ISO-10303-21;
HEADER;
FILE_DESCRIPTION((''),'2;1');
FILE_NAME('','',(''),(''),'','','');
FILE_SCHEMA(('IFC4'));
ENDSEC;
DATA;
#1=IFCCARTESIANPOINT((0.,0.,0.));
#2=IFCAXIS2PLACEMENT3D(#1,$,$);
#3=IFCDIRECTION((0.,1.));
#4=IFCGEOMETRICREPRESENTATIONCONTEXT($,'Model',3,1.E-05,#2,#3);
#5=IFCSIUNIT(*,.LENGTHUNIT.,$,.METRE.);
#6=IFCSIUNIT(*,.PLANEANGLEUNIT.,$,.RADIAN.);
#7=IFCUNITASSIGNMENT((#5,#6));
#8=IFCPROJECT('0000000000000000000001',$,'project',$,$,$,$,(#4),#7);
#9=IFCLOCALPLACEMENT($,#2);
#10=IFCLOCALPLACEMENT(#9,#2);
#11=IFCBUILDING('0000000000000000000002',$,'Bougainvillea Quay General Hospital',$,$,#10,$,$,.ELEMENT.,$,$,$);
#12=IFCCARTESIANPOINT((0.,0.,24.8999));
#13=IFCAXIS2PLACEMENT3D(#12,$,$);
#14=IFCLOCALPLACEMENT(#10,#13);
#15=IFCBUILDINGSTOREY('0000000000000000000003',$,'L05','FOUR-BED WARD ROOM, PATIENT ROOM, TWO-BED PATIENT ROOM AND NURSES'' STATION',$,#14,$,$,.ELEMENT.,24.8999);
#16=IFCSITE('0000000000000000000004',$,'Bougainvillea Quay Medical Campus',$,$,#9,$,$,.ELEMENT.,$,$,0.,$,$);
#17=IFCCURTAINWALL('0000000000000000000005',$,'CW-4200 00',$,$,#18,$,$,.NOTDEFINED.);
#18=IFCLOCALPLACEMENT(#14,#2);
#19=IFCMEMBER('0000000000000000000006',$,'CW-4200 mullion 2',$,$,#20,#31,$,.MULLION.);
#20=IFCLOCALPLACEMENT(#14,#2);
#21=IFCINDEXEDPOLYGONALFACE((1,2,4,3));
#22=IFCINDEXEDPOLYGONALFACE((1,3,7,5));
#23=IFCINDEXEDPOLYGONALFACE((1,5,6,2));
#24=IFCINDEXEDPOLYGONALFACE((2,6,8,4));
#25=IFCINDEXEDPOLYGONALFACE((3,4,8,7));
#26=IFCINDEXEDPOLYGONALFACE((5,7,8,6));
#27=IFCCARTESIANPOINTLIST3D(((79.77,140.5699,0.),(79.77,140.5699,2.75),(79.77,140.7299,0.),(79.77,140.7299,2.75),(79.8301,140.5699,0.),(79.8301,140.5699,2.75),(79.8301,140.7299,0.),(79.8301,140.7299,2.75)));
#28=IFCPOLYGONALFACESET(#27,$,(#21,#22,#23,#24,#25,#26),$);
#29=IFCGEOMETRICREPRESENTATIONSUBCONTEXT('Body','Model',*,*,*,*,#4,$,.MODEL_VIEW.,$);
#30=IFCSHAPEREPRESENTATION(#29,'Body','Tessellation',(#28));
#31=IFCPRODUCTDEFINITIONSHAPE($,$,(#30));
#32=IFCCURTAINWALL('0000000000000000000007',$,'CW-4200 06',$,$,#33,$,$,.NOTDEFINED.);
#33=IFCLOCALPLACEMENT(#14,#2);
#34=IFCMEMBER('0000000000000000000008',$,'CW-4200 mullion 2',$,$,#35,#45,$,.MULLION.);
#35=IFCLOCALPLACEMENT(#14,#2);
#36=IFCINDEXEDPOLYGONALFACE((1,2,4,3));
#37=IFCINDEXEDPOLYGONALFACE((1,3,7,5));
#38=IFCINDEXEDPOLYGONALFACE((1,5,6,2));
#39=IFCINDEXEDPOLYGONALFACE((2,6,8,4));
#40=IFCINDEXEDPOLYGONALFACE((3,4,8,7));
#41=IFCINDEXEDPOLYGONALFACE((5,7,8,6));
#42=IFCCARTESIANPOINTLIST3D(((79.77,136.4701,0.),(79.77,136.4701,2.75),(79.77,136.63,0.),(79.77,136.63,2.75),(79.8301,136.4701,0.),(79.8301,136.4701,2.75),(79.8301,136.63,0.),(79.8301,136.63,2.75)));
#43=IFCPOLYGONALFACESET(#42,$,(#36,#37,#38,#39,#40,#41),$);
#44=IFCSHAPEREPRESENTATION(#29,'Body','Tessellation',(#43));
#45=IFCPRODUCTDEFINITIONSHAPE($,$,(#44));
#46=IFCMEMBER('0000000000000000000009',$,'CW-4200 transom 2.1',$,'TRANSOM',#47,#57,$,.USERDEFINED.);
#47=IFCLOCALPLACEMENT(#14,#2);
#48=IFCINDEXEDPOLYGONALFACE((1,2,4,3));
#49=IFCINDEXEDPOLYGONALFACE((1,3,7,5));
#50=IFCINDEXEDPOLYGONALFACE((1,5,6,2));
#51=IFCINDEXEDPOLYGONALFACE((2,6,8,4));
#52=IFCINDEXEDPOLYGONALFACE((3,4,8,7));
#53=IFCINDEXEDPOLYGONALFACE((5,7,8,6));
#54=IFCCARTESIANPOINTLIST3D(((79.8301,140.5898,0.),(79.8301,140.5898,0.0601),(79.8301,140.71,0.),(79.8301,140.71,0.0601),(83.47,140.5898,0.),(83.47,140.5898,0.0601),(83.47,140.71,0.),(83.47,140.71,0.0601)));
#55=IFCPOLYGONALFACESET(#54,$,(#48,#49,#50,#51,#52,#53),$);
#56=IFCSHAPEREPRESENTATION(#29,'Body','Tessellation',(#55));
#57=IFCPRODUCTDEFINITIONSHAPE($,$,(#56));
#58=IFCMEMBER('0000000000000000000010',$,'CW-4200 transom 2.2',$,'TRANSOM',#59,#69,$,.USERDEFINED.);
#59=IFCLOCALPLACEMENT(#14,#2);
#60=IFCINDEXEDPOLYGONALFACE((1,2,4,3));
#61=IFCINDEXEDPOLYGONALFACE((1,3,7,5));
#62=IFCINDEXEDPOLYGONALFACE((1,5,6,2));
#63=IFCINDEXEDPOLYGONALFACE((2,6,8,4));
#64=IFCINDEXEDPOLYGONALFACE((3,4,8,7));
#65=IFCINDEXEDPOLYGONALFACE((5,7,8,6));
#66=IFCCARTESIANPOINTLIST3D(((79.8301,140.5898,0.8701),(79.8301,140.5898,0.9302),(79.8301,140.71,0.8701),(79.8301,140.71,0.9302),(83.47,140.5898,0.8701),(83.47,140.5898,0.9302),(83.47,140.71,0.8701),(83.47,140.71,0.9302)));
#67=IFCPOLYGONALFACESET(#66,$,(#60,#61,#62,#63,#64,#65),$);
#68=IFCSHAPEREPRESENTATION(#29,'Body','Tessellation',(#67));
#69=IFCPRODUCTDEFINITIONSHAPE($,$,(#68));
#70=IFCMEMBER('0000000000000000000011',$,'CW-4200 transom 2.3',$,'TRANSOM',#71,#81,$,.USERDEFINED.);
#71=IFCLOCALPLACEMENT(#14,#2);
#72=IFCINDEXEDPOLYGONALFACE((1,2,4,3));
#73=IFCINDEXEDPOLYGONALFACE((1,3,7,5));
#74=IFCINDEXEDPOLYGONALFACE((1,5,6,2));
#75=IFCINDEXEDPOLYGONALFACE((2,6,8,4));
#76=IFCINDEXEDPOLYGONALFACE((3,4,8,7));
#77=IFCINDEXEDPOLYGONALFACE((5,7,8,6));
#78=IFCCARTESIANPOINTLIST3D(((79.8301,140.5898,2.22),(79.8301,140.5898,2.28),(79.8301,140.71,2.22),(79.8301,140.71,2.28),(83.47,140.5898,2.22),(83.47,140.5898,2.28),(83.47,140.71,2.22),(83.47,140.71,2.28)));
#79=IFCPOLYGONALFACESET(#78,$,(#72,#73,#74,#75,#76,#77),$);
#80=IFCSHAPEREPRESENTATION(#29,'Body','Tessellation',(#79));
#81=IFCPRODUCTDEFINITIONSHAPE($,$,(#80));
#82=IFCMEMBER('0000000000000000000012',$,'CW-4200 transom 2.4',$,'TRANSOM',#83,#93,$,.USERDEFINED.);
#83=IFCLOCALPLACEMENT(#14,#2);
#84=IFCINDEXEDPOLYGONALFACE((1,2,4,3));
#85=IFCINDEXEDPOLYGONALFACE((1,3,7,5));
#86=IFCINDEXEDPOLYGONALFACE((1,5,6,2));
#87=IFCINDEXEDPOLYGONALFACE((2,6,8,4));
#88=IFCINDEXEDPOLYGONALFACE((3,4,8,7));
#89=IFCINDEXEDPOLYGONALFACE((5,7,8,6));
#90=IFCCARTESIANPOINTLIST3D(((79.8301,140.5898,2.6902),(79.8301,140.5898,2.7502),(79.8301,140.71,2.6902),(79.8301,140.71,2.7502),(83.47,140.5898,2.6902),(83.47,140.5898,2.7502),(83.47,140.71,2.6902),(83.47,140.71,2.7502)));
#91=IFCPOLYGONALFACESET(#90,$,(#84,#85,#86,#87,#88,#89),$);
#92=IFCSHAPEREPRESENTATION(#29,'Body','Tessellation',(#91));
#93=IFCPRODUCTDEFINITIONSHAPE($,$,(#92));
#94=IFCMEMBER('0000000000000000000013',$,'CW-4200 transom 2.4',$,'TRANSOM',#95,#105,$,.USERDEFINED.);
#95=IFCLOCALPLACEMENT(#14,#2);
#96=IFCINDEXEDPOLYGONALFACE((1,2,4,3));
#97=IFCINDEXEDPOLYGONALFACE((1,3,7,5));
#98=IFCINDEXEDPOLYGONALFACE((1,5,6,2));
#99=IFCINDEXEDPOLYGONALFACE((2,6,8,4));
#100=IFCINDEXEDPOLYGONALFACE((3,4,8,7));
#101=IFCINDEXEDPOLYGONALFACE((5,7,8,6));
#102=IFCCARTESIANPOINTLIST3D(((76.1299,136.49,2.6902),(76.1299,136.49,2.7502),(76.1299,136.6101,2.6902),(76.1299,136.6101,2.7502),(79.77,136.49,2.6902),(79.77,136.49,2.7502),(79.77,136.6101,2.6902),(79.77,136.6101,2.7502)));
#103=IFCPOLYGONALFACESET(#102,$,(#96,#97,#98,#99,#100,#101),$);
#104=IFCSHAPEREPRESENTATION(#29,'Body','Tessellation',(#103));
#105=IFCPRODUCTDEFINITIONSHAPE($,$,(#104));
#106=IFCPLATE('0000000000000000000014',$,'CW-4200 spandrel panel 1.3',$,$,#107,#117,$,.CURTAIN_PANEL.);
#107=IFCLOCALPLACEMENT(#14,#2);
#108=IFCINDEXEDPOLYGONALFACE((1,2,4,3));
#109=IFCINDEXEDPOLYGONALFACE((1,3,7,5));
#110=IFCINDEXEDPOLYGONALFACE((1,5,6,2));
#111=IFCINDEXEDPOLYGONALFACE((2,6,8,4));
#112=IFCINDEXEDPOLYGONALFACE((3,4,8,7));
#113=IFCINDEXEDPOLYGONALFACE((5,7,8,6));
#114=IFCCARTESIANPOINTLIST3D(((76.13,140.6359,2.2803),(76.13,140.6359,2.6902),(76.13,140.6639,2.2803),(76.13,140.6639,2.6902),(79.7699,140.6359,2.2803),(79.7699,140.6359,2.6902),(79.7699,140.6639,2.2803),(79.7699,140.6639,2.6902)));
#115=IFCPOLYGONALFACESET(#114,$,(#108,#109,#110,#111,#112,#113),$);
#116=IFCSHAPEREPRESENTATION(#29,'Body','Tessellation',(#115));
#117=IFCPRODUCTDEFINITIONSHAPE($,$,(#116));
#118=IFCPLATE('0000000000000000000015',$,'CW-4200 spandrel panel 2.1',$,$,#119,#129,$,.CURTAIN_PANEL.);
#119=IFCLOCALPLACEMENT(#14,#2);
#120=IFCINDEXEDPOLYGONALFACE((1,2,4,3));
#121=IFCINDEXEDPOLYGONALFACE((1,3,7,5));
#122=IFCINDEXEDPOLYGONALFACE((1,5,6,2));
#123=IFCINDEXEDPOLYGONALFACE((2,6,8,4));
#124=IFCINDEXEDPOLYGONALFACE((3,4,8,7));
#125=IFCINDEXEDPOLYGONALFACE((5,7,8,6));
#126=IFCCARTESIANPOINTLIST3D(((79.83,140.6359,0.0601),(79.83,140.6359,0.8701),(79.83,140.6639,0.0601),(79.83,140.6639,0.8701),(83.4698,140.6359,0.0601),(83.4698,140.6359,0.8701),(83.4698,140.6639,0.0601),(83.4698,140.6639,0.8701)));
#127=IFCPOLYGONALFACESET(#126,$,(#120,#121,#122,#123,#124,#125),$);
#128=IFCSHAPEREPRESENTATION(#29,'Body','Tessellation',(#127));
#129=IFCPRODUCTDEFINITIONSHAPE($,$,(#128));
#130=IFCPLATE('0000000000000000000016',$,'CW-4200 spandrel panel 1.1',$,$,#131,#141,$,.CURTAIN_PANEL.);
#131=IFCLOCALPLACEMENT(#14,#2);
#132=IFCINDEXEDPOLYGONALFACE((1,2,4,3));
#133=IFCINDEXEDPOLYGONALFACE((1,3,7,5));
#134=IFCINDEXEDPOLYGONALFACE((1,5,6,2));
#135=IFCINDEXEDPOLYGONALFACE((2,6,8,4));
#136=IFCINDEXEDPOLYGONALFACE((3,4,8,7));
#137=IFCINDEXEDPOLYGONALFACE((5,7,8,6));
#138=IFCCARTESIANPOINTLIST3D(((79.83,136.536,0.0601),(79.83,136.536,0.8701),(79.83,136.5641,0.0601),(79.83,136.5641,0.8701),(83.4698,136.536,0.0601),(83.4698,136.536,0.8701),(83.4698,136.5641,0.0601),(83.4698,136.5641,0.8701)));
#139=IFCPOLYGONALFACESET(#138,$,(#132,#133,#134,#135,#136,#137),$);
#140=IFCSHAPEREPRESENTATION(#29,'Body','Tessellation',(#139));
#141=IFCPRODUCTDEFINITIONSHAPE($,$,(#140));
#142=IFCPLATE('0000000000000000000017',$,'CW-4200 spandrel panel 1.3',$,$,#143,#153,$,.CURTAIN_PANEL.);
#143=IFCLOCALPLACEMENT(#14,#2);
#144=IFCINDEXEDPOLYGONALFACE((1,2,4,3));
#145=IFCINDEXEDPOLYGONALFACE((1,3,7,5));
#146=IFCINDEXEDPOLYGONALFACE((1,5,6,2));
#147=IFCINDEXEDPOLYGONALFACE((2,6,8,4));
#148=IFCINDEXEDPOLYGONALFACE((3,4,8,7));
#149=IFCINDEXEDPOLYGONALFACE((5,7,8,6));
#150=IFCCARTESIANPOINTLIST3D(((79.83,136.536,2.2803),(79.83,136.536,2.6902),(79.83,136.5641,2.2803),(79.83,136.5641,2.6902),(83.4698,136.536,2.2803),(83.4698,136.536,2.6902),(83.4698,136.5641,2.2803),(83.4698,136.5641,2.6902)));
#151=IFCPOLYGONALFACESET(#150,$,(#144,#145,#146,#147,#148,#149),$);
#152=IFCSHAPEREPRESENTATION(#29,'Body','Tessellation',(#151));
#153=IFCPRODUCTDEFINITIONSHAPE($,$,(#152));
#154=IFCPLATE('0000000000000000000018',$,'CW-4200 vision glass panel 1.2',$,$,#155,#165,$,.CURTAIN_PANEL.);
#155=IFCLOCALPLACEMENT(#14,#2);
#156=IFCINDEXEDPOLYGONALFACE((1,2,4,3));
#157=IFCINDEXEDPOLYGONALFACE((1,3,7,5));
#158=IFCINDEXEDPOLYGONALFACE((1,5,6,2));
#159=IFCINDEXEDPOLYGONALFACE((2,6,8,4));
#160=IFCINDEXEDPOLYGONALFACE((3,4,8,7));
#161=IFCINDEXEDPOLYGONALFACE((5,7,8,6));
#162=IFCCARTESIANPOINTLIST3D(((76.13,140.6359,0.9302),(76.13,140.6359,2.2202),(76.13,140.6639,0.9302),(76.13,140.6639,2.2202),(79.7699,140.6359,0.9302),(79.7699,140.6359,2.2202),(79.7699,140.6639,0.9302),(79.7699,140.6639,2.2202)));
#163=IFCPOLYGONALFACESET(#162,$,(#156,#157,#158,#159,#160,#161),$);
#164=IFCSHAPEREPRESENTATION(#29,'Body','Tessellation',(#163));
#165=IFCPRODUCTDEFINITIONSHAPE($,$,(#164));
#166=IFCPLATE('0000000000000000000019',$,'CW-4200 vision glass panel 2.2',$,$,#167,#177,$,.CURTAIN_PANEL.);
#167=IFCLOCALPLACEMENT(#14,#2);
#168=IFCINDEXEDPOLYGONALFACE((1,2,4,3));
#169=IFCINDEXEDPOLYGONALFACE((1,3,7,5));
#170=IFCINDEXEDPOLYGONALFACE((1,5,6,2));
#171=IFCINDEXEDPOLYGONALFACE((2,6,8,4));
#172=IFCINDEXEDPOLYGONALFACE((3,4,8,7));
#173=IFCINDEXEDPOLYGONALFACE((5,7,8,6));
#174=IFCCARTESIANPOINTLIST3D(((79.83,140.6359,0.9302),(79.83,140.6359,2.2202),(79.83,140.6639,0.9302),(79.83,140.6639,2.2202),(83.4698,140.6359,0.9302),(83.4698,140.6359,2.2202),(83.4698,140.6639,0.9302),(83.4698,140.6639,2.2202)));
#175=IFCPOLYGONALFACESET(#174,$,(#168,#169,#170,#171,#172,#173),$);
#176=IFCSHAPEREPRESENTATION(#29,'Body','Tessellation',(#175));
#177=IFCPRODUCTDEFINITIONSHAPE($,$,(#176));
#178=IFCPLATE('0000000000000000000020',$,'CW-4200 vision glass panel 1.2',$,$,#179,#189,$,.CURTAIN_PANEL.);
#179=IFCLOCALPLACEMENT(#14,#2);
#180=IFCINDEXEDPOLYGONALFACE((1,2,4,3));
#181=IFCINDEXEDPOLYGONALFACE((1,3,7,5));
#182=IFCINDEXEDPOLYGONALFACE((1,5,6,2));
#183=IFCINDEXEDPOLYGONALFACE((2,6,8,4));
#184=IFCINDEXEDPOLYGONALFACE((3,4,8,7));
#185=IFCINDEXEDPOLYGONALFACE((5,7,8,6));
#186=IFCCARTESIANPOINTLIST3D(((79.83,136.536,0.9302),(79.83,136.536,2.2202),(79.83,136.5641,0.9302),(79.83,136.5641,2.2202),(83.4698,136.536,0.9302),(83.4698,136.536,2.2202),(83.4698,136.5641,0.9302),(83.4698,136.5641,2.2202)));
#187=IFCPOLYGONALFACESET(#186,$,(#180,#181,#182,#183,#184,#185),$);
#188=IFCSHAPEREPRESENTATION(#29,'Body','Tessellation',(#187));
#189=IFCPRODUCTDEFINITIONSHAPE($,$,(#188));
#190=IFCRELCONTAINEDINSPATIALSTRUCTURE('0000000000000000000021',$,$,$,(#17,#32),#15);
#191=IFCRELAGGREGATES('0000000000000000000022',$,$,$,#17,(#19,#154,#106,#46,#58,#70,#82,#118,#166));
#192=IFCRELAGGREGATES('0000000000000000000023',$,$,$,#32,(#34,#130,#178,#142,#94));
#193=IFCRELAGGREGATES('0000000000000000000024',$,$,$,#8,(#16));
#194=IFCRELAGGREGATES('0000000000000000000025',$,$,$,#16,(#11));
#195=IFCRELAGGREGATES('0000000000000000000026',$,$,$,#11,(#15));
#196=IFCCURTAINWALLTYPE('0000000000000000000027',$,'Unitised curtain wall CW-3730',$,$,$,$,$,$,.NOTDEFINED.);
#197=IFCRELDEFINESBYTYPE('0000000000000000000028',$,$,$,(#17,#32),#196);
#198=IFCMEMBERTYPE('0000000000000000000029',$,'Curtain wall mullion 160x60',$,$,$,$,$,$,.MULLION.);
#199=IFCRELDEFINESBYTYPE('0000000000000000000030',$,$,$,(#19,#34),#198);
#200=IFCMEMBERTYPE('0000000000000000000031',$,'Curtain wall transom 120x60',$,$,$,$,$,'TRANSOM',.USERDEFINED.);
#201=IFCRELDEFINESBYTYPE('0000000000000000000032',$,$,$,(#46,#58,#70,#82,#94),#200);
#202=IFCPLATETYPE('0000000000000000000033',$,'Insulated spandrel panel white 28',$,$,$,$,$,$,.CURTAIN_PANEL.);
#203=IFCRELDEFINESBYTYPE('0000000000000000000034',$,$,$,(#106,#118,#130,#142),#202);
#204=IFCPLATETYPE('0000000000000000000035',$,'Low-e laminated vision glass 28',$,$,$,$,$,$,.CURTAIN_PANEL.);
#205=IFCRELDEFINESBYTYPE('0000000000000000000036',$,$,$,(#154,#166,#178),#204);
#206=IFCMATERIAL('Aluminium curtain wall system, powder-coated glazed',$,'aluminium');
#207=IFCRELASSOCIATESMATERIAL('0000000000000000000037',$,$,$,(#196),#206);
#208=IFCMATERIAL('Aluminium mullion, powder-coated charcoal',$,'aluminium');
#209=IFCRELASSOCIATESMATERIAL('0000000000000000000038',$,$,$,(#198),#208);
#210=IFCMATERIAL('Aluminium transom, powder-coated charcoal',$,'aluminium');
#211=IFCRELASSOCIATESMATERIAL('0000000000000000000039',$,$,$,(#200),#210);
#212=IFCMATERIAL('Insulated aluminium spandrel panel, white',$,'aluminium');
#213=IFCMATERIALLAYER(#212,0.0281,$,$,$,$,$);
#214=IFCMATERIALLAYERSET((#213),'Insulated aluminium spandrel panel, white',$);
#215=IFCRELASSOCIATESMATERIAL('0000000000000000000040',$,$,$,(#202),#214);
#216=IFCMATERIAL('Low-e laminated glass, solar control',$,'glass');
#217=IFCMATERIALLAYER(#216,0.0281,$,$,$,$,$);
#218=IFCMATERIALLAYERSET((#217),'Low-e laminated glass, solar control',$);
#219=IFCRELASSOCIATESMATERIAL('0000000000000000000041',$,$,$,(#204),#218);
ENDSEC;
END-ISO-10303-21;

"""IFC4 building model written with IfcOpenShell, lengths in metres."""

from ifc_helpers import new_model, si_unit, direction, frame, origin, origin_2d, place, context, subcontext, project, spatial, rectangle, extrude, material, layer, layer_set, material_profile, profile_set, type_object, element, aggregate, save


model = new_model("IFC4")

# Units and contexts
model_context = context("Model", 3, precision=1e-05, world=origin(), true_north=direction((0.0, 1.0)))
body_context = subcontext(model_context, "Body", "Model", "MODEL_VIEW")
ifc_project = project(units=[si_unit("LENGTHUNIT", "METRE"), si_unit("PLANEANGLEUNIT", "RADIAN")], contexts=[model_context])

# Site, building, storey
site_placement = place(None, origin())
site = spatial("IfcSite", under=ifc_project, at=site_placement, Name="Bougainvillea Quay Medical Campus", CompositionType="ELEMENT", RefElevation=0.0)
building_placement = place(site_placement, origin())
building = spatial("IfcBuilding", under=site, at=building_placement, Name="Bougainvillea Quay General Hospital", CompositionType="ELEMENT")
storey_placement = place(building_placement, frame((0.0, 0.0, 24.8999)))
storey = spatial("IfcBuildingStorey", under=building, at=storey_placement, Name="L05", Description="FOUR-BED WARD ROOM, PATIENT ROOM, TWO-BED PATIENT ROOM AND NURSES' STATION", CompositionType="ELEMENT", Elevation=24.8999)

# Curtain walls, members
ifc_material_1 = material(Name="Aluminium curtain wall system, powder-coated glazed", Category="aluminium")
curtain_wall_type = type_object("IfcCurtainWallType", Name="Unitised curtain wall CW-3730", PredefinedType="NOTDEFINED", material=ifc_material_1)
curtain_wall_1_placement = place(storey_placement, origin())
curtain_wall_1 = element("IfcCurtainWall", 1, at=curtain_wall_1_placement, inside=storey, type_object=curtain_wall_type, Name="CW-4200 00", PredefinedType="NOTDEFINED")
ifc_material_2 = material(Name="Aluminium mullion, powder-coated charcoal", Category="aluminium")
ifc_material_profile_1 = material_profile(ifc_material_2, rectangle(XDim=0.1599, YDim=0.0601, at=origin_2d()))
ifc_profile_set_1 = profile_set([ifc_material_profile_1], Name="Aluminium mullion, powder-coated charcoal")
member_type_1 = type_object("IfcMemberType", Name="Curtain wall mullion 160x60", PredefinedType="MULLION", material=ifc_profile_set_1)
member_1_placement = place(storey_placement, frame((79.8, 140.6499, 0.0), z_axis=(0.0, 0.0, 1.0), x_axis=(0.0, 1.0, 0.0)))
member_1 = element("IfcMember", 2, at=member_1_placement, type_object=member_type_1, Name="CW-4200 mullion 2", PredefinedType="MULLION", context=body_context, shape_type="SweptSolid", body=[
    extrude(rectangle(XDim=0.1599, YDim=0.0601, at=origin_2d()), origin(), (0.0, 0.0, 1.0), 2.75),
])
curtain_wall_2_placement = place(storey_placement, origin())
curtain_wall_2 = element("IfcCurtainWall", 3, at=curtain_wall_2_placement, inside=storey, type_object=curtain_wall_type, Name="CW-4200 06", PredefinedType="NOTDEFINED")
member_2_placement = place(storey_placement, frame((79.8, 136.55, 0.0), z_axis=(0.0, 0.0, 1.0), x_axis=(0.0, -1.0, 0.0)))
member_2 = element("IfcMember", 4, at=member_2_placement, type_object=member_type_1, Name="CW-4200 mullion 2", PredefinedType="MULLION", context=body_context, shape_type="SweptSolid", body=[
    extrude(rectangle(XDim=0.1599, YDim=0.0601, at=origin_2d()), origin(), (0.0, 0.0, 1.0), 2.75),
])

# Members
ifc_material_3 = material(Name="Aluminium transom, powder-coated charcoal", Category="aluminium")
ifc_material_profile_2 = material_profile(ifc_material_3, rectangle(XDim=0.1201, YDim=0.0601, at=origin_2d()))
ifc_profile_set_2 = profile_set([ifc_material_profile_2], Name="Aluminium transom, powder-coated charcoal")
member_type_2 = type_object("IfcMemberType", Name="Curtain wall transom 120x60", ElementType="TRANSOM", PredefinedType="USERDEFINED", material=ifc_profile_set_2)
member_3_placement = place(storey_placement, frame((79.8301, 140.6499, 0.03), z_axis=(1.0, 0.0, 0.0), x_axis=(0.0, 1.0, 0.0)))
member_3 = element("IfcMember", 5, at=member_3_placement, type_object=member_type_2, Name="CW-4200 transom 2.1", ObjectType="TRANSOM", PredefinedType="USERDEFINED", context=body_context, shape_type="SweptSolid", body=[
    extrude(rectangle(XDim=0.1201, YDim=0.0601, at=origin_2d()), origin(), (0.0, 0.0, 1.0), 3.6399),
])
member_4_placement = place(storey_placement, frame((79.8301, 140.6499, 0.9001), z_axis=(1.0, 0.0, 0.0), x_axis=(0.0, 1.0, 0.0)))
member_4 = element("IfcMember", 6, at=member_4_placement, type_object=member_type_2, Name="CW-4200 transom 2.2", ObjectType="TRANSOM", PredefinedType="USERDEFINED", context=body_context, shape_type="SweptSolid", body=[
    extrude(rectangle(XDim=0.1201, YDim=0.0601, at=origin_2d()), origin(), (0.0, 0.0, 1.0), 3.6399),
])
member_5_placement = place(storey_placement, frame((79.8301, 140.6499, 2.25), z_axis=(1.0, 0.0, 0.0), x_axis=(0.0, 1.0, 0.0)))
member_5 = element("IfcMember", 7, at=member_5_placement, type_object=member_type_2, Name="CW-4200 transom 2.3", ObjectType="TRANSOM", PredefinedType="USERDEFINED", context=body_context, shape_type="SweptSolid", body=[
    extrude(rectangle(XDim=0.1201, YDim=0.0601, at=origin_2d()), origin(), (0.0, 0.0, 1.0), 3.6399),
])
member_6_placement = place(storey_placement, frame((79.8301, 140.6499, 2.7202), z_axis=(1.0, 0.0, 0.0), x_axis=(0.0, 1.0, 0.0)))
member_6 = element("IfcMember", 8, at=member_6_placement, type_object=member_type_2, Name="CW-4200 transom 2.4", ObjectType="TRANSOM", PredefinedType="USERDEFINED", context=body_context, shape_type="SweptSolid", body=[
    extrude(rectangle(XDim=0.1201, YDim=0.0601, at=origin_2d()), origin(), (0.0, 0.0, 1.0), 3.6399),
])
member_7_placement = place(storey_placement, frame((79.77, 136.55, 2.7202), z_axis=(-1.0, 0.0, 0.0), x_axis=(0.0, -1.0, 0.0)))
member_7 = element("IfcMember", 9, at=member_7_placement, type_object=member_type_2, Name="CW-4200 transom 2.4", ObjectType="TRANSOM", PredefinedType="USERDEFINED", context=body_context, shape_type="SweptSolid", body=[
    extrude(rectangle(XDim=0.1201, YDim=0.0601, at=origin_2d()), origin(), (0.0, 0.0, 1.0), 3.6401),
])

# Plates
ifc_material_4 = material(Name="Insulated aluminium spandrel panel, white", Category="aluminium")
ifc_layer_1 = layer(ifc_material_4, 0.0281)
ifc_layer_set_1 = layer_set([ifc_layer_1], Name="Insulated aluminium spandrel panel, white")
plate_type_1 = type_object("IfcPlateType", Name="Insulated spandrel panel white 28", PredefinedType="CURTAIN_PANEL", material=ifc_layer_set_1)
plate_1_placement = place(storey_placement, frame((77.95, 140.6499, 2.2803), z_axis=(0.0, 0.0, 1.0), x_axis=(1.0, 0.0, 0.0)))
plate_1 = element("IfcPlate", 10, at=plate_1_placement, type_object=plate_type_1, Name="CW-4200 spandrel panel 1.3", PredefinedType="CURTAIN_PANEL", context=body_context, shape_type="SweptSolid", body=[
    extrude(rectangle(XDim=3.6399, YDim=0.0281, at=origin_2d()), origin(), (0.0, 0.0, 1.0), 0.4099),
])
plate_2_placement = place(storey_placement, frame((81.6499, 140.6499, 0.0601), z_axis=(0.0, 0.0, 1.0), x_axis=(1.0, 0.0, 0.0)))
plate_2 = element("IfcPlate", 11, at=plate_2_placement, type_object=plate_type_1, Name="CW-4200 spandrel panel 2.1", PredefinedType="CURTAIN_PANEL", context=body_context, shape_type="SweptSolid", body=[
    extrude(rectangle(XDim=3.6399, YDim=0.0281, at=origin_2d()), origin(), (0.0, 0.0, 1.0), 0.8101),
])
plate_3_placement = place(storey_placement, frame((81.6499, 136.55, 0.0601), z_axis=(0.0, 0.0, 1.0), x_axis=(-1.0, 0.0, 0.0)))
plate_3 = element("IfcPlate", 12, at=plate_3_placement, type_object=plate_type_1, Name="CW-4200 spandrel panel 1.1", PredefinedType="CURTAIN_PANEL", context=body_context, shape_type="SweptSolid", body=[
    extrude(rectangle(XDim=3.6399, YDim=0.0281, at=origin_2d()), origin(), (0.0, 0.0, 1.0), 0.8101),
])
plate_4_placement = place(storey_placement, frame((81.6499, 136.55, 2.2803), z_axis=(0.0, 0.0, 1.0), x_axis=(-1.0, 0.0, 0.0)))
plate_4 = element("IfcPlate", 13, at=plate_4_placement, type_object=plate_type_1, Name="CW-4200 spandrel panel 1.3", PredefinedType="CURTAIN_PANEL", context=body_context, shape_type="SweptSolid", body=[
    extrude(rectangle(XDim=3.6399, YDim=0.0281, at=origin_2d()), origin(), (0.0, 0.0, 1.0), 0.4099),
])
ifc_material_5 = material(Name="Low-e laminated glass, solar control", Category="glass")
ifc_layer_2 = layer(ifc_material_5, 0.0281)
ifc_layer_set_2 = layer_set([ifc_layer_2], Name="Low-e laminated glass, solar control")
plate_type_2 = type_object("IfcPlateType", Name="Low-e laminated vision glass 28", PredefinedType="CURTAIN_PANEL", material=ifc_layer_set_2)
plate_5_placement = place(storey_placement, frame((77.95, 140.6499, 0.9302), z_axis=(0.0, 0.0, 1.0), x_axis=(1.0, 0.0, 0.0)))
plate_5 = element("IfcPlate", 14, at=plate_5_placement, type_object=plate_type_2, Name="CW-4200 vision glass panel 1.2", PredefinedType="CURTAIN_PANEL", context=body_context, shape_type="SweptSolid", body=[
    extrude(rectangle(XDim=3.6399, YDim=0.0281, at=origin_2d()), origin(), (0.0, 0.0, 1.0), 1.29),
])
plate_6_placement = place(storey_placement, frame((81.6499, 140.6499, 0.9302), z_axis=(0.0, 0.0, 1.0), x_axis=(1.0, 0.0, 0.0)))
plate_6 = element("IfcPlate", 15, at=plate_6_placement, type_object=plate_type_2, Name="CW-4200 vision glass panel 2.2", PredefinedType="CURTAIN_PANEL", context=body_context, shape_type="SweptSolid", body=[
    extrude(rectangle(XDim=3.6399, YDim=0.0281, at=origin_2d()), origin(), (0.0, 0.0, 1.0), 1.29),
])
aggregate(curtain_wall_1, [member_1, plate_5, plate_1, member_3, member_4, member_5, member_6, plate_2, plate_6])
plate_7_placement = place(storey_placement, frame((81.6499, 136.55, 0.9302), z_axis=(0.0, 0.0, 1.0), x_axis=(-1.0, 0.0, 0.0)))
plate_7 = element("IfcPlate", 16, at=plate_7_placement, type_object=plate_type_2, Name="CW-4200 vision glass panel 1.2", PredefinedType="CURTAIN_PANEL", context=body_context, shape_type="SweptSolid", body=[
    extrude(rectangle(XDim=3.6399, YDim=0.0281, at=origin_2d()), origin(), (0.0, 0.0, 1.0), 1.29),
])
aggregate(curtain_wall_2, [member_2, plate_3, plate_7, plate_4, member_7])

save(model, "model.ifc")
